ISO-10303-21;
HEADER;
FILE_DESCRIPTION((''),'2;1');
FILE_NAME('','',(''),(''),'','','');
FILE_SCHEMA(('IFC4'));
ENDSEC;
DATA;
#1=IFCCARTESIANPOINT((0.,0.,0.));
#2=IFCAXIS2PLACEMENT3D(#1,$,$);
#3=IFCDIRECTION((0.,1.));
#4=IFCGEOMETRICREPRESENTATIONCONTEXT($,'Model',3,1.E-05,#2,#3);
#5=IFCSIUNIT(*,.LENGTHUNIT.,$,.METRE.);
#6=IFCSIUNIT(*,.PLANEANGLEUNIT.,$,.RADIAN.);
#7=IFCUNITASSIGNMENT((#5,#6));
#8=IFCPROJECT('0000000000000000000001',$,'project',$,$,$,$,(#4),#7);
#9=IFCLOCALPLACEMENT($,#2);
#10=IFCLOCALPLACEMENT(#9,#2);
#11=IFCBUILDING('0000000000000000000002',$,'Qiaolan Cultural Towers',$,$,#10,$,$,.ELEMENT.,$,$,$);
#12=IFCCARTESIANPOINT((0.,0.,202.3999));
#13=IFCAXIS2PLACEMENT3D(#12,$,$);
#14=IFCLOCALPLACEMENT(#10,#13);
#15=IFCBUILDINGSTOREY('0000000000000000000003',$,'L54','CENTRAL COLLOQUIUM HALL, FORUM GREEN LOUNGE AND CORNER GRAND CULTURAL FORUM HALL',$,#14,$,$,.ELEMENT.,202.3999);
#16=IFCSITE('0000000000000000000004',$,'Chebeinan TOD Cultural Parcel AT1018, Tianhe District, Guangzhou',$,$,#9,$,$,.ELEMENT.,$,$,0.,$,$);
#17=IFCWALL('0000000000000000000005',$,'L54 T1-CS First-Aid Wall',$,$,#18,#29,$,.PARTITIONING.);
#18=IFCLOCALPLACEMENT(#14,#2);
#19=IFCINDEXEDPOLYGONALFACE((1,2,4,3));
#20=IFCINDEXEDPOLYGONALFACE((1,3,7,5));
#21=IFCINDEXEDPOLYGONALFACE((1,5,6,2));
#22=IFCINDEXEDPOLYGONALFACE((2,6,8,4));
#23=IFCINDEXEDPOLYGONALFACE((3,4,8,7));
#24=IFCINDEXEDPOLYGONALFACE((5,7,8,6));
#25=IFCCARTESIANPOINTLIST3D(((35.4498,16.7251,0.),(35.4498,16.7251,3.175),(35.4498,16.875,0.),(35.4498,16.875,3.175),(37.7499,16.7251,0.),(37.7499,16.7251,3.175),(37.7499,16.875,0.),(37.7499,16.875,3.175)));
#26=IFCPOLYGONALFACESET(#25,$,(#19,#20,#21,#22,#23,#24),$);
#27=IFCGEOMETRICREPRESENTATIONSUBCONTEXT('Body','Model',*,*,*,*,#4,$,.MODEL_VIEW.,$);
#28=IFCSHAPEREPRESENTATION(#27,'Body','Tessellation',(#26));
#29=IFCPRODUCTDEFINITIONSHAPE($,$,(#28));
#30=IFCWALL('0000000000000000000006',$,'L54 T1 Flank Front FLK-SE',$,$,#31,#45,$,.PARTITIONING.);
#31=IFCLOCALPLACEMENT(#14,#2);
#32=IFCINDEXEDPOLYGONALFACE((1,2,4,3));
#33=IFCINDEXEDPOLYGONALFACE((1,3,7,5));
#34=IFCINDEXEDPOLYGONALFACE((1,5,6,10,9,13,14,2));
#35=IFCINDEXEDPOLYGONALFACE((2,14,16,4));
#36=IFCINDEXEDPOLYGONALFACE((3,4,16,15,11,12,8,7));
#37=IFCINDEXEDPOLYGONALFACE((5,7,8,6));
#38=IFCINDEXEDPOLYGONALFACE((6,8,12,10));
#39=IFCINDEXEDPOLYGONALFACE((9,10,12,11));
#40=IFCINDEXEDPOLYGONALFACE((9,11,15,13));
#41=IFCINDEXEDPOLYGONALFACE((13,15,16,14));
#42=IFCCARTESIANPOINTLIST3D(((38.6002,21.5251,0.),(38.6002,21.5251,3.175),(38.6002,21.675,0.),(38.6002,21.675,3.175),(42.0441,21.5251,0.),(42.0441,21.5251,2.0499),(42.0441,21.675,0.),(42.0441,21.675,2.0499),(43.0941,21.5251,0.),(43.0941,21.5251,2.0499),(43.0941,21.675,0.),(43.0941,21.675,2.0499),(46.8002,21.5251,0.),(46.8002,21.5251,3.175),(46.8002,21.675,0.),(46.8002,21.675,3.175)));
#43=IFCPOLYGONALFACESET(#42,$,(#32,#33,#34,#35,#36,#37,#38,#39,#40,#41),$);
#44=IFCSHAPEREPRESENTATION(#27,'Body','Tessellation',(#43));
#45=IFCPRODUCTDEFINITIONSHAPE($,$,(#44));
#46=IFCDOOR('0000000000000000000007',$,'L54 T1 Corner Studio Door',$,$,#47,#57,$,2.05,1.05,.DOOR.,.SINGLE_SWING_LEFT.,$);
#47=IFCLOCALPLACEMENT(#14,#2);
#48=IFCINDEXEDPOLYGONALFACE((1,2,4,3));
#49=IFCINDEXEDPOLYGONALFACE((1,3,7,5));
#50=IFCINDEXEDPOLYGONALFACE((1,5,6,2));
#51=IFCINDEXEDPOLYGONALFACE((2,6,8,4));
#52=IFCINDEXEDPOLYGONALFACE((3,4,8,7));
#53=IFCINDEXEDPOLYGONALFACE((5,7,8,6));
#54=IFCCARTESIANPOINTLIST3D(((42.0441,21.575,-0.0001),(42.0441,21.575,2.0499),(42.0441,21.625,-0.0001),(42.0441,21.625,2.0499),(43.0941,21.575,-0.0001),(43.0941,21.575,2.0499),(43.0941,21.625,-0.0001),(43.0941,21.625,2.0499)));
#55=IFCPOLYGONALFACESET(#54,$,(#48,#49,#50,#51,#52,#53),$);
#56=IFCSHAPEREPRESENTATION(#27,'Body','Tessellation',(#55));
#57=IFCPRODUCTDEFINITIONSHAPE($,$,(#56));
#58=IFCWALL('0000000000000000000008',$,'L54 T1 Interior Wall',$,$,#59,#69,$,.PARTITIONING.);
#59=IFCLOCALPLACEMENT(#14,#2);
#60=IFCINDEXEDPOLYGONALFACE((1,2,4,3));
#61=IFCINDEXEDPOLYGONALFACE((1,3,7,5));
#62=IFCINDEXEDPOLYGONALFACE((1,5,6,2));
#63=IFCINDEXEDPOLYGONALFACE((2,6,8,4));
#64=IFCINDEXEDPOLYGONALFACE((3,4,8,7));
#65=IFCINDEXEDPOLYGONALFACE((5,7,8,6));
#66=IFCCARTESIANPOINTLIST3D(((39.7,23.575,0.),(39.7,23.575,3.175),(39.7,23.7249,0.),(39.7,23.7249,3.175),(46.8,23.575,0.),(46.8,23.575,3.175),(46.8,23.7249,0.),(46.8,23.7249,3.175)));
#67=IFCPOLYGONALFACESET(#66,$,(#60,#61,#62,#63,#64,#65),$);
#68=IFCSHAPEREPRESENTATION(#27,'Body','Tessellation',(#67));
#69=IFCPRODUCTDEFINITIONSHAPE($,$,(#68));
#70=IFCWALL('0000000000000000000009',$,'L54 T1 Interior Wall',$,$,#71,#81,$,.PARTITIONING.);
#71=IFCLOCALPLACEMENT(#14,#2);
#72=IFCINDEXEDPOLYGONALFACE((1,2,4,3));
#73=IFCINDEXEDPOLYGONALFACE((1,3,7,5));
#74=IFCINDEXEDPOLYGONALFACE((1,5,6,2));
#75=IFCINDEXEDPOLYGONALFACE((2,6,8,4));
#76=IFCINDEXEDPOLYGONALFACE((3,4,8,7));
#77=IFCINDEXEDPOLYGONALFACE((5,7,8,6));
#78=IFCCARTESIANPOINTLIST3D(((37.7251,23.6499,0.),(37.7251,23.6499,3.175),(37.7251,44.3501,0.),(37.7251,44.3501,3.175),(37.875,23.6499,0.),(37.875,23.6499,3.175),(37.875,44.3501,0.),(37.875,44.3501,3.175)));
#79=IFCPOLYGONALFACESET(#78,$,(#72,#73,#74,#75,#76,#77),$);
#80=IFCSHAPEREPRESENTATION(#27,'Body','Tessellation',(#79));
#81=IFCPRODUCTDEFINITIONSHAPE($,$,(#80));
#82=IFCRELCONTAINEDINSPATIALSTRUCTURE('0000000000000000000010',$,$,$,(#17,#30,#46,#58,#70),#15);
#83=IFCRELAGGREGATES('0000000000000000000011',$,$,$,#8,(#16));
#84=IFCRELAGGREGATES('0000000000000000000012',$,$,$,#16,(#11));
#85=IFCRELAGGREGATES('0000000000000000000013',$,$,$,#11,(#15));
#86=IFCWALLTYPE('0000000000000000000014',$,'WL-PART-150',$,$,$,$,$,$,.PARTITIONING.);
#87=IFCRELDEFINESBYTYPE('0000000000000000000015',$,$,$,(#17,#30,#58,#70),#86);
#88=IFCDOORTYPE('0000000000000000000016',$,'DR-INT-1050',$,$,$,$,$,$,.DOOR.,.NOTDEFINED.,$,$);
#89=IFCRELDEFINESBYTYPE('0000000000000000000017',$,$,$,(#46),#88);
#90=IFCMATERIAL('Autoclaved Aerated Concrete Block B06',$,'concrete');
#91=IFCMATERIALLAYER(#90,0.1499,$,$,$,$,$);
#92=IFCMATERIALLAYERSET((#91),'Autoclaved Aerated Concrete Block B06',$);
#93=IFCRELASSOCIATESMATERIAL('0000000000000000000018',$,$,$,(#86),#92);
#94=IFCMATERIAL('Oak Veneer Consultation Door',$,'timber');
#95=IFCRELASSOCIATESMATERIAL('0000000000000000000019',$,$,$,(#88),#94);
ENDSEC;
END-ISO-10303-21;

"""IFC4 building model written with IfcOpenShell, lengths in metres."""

from ifc_helpers import new_model, si_unit, direction, frame, frame_2d, origin, place, context, subcontext, project, spatial, rectangle, extrude, material, layer, layer_set, type_object, element, fill, save


model = new_model("IFC4")

# Units and contexts
model_context = context("Model", 3, precision=1e-05, world=origin(), true_north=direction((0.0, 1.0)))
body_context = subcontext(model_context, "Body", "Model", "MODEL_VIEW")
ifc_project = project(units=[si_unit("LENGTHUNIT", "METRE"), si_unit("PLANEANGLEUNIT", "RADIAN")], contexts=[model_context])

# Site, building, storey
site_placement = place(None, origin())
site = spatial("IfcSite", under=ifc_project, at=site_placement, Name="Chebeinan TOD Cultural Parcel AT1018, Tianhe District, Guangzhou", CompositionType="ELEMENT", RefElevation=0.0)
building_placement = place(site_placement, origin())
building = spatial("IfcBuilding", under=site, at=building_placement, Name="Qiaolan Cultural Towers", CompositionType="ELEMENT")
storey_placement = place(building_placement, frame((0.0, 0.0, 202.3999)))
storey = spatial("IfcBuildingStorey", under=building, at=storey_placement, Name="L54", Description="CENTRAL COLLOQUIUM HALL, FORUM GREEN LOUNGE AND CORNER GRAND CULTURAL FORUM HALL", CompositionType="ELEMENT", Elevation=202.3999)

# Shared definitions
ifc_material_1 = material(Name="Autoclaved Aerated Concrete Block B06", Category="concrete")
ifc_layer_1 = layer(ifc_material_1, 0.1499)
ifc_layer_set_1 = layer_set([ifc_layer_1], Name="Autoclaved Aerated Concrete Block B06")
wall_type_1 = type_object("IfcWallType", Name="WL-PART-150", PredefinedType="PARTITIONING", material=ifc_layer_set_1)

# Wall
wall_1_placement = place(storey_placement, frame((35.45, 16.8, 0.0), z_axis=(0.0, 0.0, 1.0), x_axis=(1.0, 0.0, 0.0)))
element("IfcWall", 1, at=wall_1_placement, inside=storey, type_object=wall_type_1, Name="L54 T1-CS First-Aid Wall", PredefinedType="PARTITIONING", context=body_context, shape_type="SweptSolid", body=[
    extrude(rectangle(XDim=2.3, YDim=0.1499, at=frame_2d((1.1499, 0.0))), origin(), (0.0, 0.0, 1.0), 3.175),
])

# Wall, opening, door
wall_2_placement = place(storey_placement, frame((38.6001, 21.6001, 0.0), z_axis=(0.0, 0.0, 1.0), x_axis=(1.0, 0.0, 0.0)))
wall_2 = element("IfcWall", 2, at=wall_2_placement, inside=storey, type_object=wall_type_1, Name="L54 T1 Flank Front FLK-SE", PredefinedType="PARTITIONING", context=body_context, shape_type="SweptSolid", body=[
    extrude(rectangle(XDim=8.2, YDim=0.1499, at=frame_2d((4.1001, 0.0))), origin(), (0.0, 0.0, 1.0), 3.175),
])
opening_1_placement = place(wall_2_placement, frame((3.4441, 0.0, 0.0)))
opening_1 = element("IfcOpeningElement", 3, at=opening_1_placement, cuts=wall_2, PredefinedType="OPENING", context=body_context, shape_type="SweptSolid", body=[
    extrude(rectangle(XDim=1.05, YDim=2.05, at=frame_2d((0.5249, 1.0249))), frame((0.0, 0.085, 0.0), z_axis=(0.0, -1.0, 0.0), x_axis=(1.0, 0.0, 0.0)), (0.0, 0.0, 1.0), 0.1699),
])
ifc_material_2 = material(Name="Oak Veneer Consultation Door", Category="timber")
door_type_1 = type_object("IfcDoorType", Name="DR-INT-1050", OperationType="NOTDEFINED", PredefinedType="DOOR", material=ifc_material_2)
door_1_placement = place(opening_1_placement, origin())
door_1 = element("IfcDoor", 4, at=door_1_placement, inside=storey, type_object=door_type_1, Name="L54 T1 Corner Studio Door", OperationType="SINGLE_SWING_LEFT", OverallHeight=2.05, OverallWidth=1.05, PredefinedType="DOOR", context=body_context, shape_type="SweptSolid", body=[
    extrude(rectangle(XDim=1.05, YDim=2.05, at=frame_2d((0.5249, 1.0249))), frame((0.0, 0.0249, 0.0), z_axis=(0.0, -1.0, 0.0), x_axis=(1.0, 0.0, 0.0)), (0.0, 0.0, 1.0), 0.05),
])
fill(opening_1, door_1)

# Walls
wall_3_placement = place(storey_placement, frame((39.7, 23.6499, 0.0), z_axis=(0.0, 0.0, 1.0), x_axis=(1.0, 0.0, 0.0)))
element("IfcWall", 5, at=wall_3_placement, inside=storey, type_object=wall_type_1, Name="L54 T1 Interior Wall", PredefinedType="PARTITIONING", context=body_context, shape_type="SweptSolid", body=[
    extrude(rectangle(XDim=7.1001, YDim=0.1499, at=frame_2d((3.55, 0.0))), origin(), (0.0, 0.0, 1.0), 3.175),
])
wall_4_placement = place(storey_placement, frame((37.8, 23.6499, 0.0), z_axis=(0.0, 0.0, 1.0), x_axis=(0.0, 1.0, 0.0)))
element("IfcWall", 6, at=wall_4_placement, inside=storey, type_object=wall_type_1, Name="L54 T1 Interior Wall", PredefinedType="PARTITIONING", context=body_context, shape_type="SweptSolid", body=[
    extrude(rectangle(XDim=20.7002, YDim=0.1499, at=frame_2d((10.3501, 0.0))), origin(), (0.0, 0.0, 1.0), 3.175),
])

save(model, "model.ifc")
